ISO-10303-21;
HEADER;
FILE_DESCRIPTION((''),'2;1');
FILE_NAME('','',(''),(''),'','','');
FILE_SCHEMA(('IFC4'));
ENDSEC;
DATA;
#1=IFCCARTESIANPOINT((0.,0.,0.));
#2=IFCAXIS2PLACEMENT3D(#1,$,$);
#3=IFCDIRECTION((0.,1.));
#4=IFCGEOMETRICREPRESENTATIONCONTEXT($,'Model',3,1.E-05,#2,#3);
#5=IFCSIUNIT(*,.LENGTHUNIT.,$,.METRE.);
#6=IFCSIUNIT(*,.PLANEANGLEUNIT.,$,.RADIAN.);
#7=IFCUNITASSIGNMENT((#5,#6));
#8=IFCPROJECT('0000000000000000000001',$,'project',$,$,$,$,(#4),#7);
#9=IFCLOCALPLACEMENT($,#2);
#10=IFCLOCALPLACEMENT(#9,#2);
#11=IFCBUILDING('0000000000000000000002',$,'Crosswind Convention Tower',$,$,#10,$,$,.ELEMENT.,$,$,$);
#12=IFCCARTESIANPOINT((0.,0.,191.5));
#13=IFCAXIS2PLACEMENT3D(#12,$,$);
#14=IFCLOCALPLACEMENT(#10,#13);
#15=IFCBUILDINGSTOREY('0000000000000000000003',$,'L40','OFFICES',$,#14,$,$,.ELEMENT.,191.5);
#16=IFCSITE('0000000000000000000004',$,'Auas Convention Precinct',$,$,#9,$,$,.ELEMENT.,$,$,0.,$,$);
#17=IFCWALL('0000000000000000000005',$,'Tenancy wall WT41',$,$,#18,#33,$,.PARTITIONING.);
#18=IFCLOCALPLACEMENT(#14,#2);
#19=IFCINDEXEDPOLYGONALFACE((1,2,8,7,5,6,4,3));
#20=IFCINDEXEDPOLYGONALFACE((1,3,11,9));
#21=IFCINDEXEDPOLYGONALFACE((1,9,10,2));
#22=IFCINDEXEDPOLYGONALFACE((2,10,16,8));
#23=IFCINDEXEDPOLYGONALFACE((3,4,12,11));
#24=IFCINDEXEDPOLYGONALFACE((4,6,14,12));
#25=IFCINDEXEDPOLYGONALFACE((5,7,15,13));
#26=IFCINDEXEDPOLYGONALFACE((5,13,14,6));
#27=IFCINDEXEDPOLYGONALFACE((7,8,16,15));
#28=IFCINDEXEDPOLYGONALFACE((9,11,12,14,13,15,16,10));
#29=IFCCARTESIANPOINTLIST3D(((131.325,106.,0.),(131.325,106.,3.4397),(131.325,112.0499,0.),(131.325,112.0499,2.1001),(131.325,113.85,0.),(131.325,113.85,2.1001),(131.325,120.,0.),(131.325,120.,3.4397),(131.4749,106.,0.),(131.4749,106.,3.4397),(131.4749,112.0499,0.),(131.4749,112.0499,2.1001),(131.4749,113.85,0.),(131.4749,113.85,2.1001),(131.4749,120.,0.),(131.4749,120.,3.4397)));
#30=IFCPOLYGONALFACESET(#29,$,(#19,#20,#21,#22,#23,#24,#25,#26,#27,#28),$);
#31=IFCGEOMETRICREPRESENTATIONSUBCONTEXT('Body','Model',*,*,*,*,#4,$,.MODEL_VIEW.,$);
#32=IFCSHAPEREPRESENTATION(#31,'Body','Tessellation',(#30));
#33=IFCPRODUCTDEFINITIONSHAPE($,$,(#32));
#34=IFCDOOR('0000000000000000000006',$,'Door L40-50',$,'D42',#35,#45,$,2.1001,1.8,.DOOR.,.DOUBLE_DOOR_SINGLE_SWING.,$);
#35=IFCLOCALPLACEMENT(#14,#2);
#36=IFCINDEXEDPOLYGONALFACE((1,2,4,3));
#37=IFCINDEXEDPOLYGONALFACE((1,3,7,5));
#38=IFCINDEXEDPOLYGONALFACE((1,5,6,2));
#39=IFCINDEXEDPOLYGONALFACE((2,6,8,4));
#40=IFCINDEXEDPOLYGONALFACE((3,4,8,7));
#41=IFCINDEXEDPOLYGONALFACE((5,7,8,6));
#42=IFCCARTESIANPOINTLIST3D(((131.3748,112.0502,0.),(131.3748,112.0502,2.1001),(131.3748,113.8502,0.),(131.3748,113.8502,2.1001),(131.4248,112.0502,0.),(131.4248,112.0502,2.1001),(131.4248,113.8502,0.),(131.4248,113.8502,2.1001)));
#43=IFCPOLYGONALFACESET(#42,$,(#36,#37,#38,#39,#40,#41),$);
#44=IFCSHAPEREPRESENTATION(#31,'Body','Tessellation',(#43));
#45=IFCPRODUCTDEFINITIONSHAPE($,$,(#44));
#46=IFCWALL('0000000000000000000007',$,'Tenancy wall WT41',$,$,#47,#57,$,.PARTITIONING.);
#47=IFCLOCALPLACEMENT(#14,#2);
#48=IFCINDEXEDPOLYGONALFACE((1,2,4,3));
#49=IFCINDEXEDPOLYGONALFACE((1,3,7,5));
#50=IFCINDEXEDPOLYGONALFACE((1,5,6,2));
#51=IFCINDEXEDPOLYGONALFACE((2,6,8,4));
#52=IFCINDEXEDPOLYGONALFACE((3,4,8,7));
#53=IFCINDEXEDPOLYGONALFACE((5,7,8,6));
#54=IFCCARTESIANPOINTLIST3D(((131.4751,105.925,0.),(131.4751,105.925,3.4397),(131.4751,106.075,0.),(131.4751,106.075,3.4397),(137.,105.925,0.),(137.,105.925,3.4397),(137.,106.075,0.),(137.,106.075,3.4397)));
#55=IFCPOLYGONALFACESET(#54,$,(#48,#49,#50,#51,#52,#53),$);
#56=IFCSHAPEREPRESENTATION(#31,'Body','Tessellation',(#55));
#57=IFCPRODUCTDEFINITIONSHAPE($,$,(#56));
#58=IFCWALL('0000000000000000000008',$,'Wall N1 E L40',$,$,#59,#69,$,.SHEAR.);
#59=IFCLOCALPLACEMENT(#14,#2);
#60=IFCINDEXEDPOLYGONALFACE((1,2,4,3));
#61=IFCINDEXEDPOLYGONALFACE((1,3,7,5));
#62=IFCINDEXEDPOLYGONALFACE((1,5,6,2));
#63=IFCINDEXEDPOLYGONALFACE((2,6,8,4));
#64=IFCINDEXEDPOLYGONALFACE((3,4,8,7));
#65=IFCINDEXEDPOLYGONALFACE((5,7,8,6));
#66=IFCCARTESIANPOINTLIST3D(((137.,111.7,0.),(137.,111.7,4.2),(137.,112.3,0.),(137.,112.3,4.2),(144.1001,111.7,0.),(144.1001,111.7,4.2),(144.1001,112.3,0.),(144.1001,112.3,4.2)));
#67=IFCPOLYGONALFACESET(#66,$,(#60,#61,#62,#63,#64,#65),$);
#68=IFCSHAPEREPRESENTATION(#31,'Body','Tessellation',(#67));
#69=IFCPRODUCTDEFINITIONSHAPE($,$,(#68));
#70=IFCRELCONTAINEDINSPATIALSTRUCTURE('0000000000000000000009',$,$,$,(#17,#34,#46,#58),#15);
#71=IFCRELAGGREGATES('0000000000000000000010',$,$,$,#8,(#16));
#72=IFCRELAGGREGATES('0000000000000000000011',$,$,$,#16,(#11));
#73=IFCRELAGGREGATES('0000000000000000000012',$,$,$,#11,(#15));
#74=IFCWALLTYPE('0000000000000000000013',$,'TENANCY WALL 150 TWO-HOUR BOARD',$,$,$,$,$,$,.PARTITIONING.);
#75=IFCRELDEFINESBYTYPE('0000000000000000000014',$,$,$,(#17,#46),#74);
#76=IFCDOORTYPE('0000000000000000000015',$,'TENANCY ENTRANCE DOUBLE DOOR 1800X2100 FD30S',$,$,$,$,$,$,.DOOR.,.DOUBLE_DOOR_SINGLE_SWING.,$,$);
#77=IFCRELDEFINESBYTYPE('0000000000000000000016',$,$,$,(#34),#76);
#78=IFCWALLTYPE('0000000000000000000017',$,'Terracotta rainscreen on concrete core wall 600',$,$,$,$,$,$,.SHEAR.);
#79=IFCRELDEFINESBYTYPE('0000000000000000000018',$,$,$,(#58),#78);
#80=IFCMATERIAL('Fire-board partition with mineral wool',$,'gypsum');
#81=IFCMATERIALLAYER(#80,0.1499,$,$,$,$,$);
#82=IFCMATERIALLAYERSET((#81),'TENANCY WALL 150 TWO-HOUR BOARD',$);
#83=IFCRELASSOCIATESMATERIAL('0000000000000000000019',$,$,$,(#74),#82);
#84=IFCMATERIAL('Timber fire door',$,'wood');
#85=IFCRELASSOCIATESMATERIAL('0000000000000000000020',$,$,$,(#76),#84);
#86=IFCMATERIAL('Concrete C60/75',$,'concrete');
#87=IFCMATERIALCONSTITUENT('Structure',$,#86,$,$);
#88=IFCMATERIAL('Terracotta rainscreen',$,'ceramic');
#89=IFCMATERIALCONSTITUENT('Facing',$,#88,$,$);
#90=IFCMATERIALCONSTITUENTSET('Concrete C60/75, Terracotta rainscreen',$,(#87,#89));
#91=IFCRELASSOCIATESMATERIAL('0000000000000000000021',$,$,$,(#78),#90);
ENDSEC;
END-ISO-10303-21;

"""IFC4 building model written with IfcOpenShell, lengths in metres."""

from ifc_helpers import new_model, si_unit, direction, frame, frame_2d, origin, place, context, subcontext, project, spatial, rectangle, extrude, material, layer, layer_set, constituent, constituent_set, type_object, element, fill, save


model = new_model("IFC4")

# Units and contexts
model_context = context("Model", 3, precision=1e-05, world=origin(), true_north=direction((0.0, 1.0)))
body_context = subcontext(model_context, "Body", "Model", "MODEL_VIEW")
ifc_project = project(units=[si_unit("LENGTHUNIT", "METRE"), si_unit("PLANEANGLEUNIT", "RADIAN")], contexts=[model_context])

# Site, building, storey
site_placement = place(None, origin())
site = spatial("IfcSite", under=ifc_project, at=site_placement, Name="Auas Convention Precinct", CompositionType="ELEMENT", RefElevation=0.0)
building_placement = place(site_placement, origin())
building = spatial("IfcBuilding", under=site, at=building_placement, Name="Crosswind Convention Tower", CompositionType="ELEMENT")
storey_placement = place(building_placement, frame((0.0, 0.0, 191.5)))
storey = spatial("IfcBuildingStorey", under=building, at=storey_placement, Name="L40", Description="OFFICES", CompositionType="ELEMENT", Elevation=191.5)

# Shared definitions
ifc_material_1 = material(Name="Concrete C60/75", Category="concrete")

# Wall, opening, door
ifc_material_2 = material(Name="Fire-board partition with mineral wool", Category="gypsum")
ifc_layer = layer(ifc_material_2, 0.1499)
ifc_layer_set = layer_set([ifc_layer], Name="TENANCY WALL 150 TWO-HOUR BOARD")
wall_type_1 = type_object("IfcWallType", Name="TENANCY WALL 150 TWO-HOUR BOARD", PredefinedType="PARTITIONING", material=ifc_layer_set)
wall_1_placement = place(storey_placement, frame((131.3999, 106.0, 0.0), z_axis=(0.0, 0.0, 1.0), x_axis=(0.0, 1.0, 0.0)))
wall_1 = element("IfcWall", 1, at=wall_1_placement, inside=storey, type_object=wall_type_1, Name="Tenancy wall WT41", PredefinedType="PARTITIONING", context=body_context, shape_type="SweptSolid", body=[
    extrude(rectangle(XDim=14.0, YDim=0.1499, at=frame_2d((7.0, 0.0))), origin(), (0.0, 0.0, 1.0), 3.4397),
])
opening_placement = place(wall_1_placement, frame((6.05, 0.0, 0.0)))
opening = element("IfcOpeningElement", 2, at=opening_placement, cuts=wall_1, PredefinedType="OPENING", context=body_context, shape_type="SweptSolid", body=[
    extrude(rectangle(XDim=1.8, YDim=2.1001, at=frame_2d((0.8999, 1.05))), frame((0.0, 0.085, 0.0), z_axis=(0.0, -1.0, 0.0), x_axis=(1.0, 0.0, 0.0)), (0.0, 0.0, 1.0), 0.1699),
])
ifc_material_3 = material(Name="Timber fire door", Category="wood")
door_type = type_object("IfcDoorType", Name="TENANCY ENTRANCE DOUBLE DOOR 1800X2100 FD30S", OperationType="DOUBLE_DOOR_SINGLE_SWING", PredefinedType="DOOR", material=ifc_material_3)
door_placement = place(opening_placement, frame((1.8, 0.0, 0.0), z_axis=(0.0, 0.0, 1.0), x_axis=(-1.0, 0.0, 0.0)))
door = element("IfcDoor", 3, at=door_placement, inside=storey, type_object=door_type, Name="Door L40-50", ObjectType="D42", OperationType="DOUBLE_DOOR_SINGLE_SWING", OverallHeight=2.1001, OverallWidth=1.8, PredefinedType="DOOR", context=body_context, shape_type="SweptSolid", body=[
    extrude(rectangle(XDim=1.8, YDim=2.1001, at=frame_2d((0.8999, 1.05))), frame((0.0, 0.0249, 0.0), z_axis=(0.0, -1.0, 0.0), x_axis=(1.0, 0.0, 0.0)), (0.0, 0.0, 1.0), 0.05),
])
fill(opening, door)

# Walls
wall_2_placement = place(storey_placement, frame((131.4751, 106.0, 0.0), z_axis=(0.0, 0.0, 1.0), x_axis=(1.0, 0.0, 0.0)))
element("IfcWall", 4, at=wall_2_placement, inside=storey, type_object=wall_type_1, Name="Tenancy wall WT41", PredefinedType="PARTITIONING", context=body_context, shape_type="SweptSolid", body=[
    extrude(rectangle(XDim=5.5249, YDim=0.1499, at=frame_2d((2.7625, 0.0))), origin(), (0.0, 0.0, 1.0), 3.4397),
])
ifc_constituent_1 = constituent(ifc_material_1, Name="Structure")
ifc_material_4 = material(Name="Terracotta rainscreen", Category="ceramic")
ifc_constituent_2 = constituent(ifc_material_4, Name="Facing")
ifc_constituent_set = constituent_set(constituents=[ifc_constituent_1, ifc_constituent_2], Name="Concrete C60/75, Terracotta rainscreen")
wall_type_2 = type_object("IfcWallType", Name="Terracotta rainscreen on concrete core wall 600", PredefinedType="SHEAR", material=ifc_constituent_set)
wall_3_placement = place(storey_placement, frame((137.0, 112.0, 0.0), z_axis=(0.0, 0.0, 1.0), x_axis=(1.0, 0.0, 0.0)))
element("IfcWall", 5, at=wall_3_placement, inside=storey, type_object=wall_type_2, Name="Wall N1 E L40", PredefinedType="SHEAR", context=body_context, shape_type="SweptSolid", body=[
    extrude(rectangle(XDim=7.1001, YDim=0.6001, at=frame_2d((3.55, 0.0))), origin(), (0.0, 0.0, 1.0), 4.2),
])

save(model, "model.ifc")
